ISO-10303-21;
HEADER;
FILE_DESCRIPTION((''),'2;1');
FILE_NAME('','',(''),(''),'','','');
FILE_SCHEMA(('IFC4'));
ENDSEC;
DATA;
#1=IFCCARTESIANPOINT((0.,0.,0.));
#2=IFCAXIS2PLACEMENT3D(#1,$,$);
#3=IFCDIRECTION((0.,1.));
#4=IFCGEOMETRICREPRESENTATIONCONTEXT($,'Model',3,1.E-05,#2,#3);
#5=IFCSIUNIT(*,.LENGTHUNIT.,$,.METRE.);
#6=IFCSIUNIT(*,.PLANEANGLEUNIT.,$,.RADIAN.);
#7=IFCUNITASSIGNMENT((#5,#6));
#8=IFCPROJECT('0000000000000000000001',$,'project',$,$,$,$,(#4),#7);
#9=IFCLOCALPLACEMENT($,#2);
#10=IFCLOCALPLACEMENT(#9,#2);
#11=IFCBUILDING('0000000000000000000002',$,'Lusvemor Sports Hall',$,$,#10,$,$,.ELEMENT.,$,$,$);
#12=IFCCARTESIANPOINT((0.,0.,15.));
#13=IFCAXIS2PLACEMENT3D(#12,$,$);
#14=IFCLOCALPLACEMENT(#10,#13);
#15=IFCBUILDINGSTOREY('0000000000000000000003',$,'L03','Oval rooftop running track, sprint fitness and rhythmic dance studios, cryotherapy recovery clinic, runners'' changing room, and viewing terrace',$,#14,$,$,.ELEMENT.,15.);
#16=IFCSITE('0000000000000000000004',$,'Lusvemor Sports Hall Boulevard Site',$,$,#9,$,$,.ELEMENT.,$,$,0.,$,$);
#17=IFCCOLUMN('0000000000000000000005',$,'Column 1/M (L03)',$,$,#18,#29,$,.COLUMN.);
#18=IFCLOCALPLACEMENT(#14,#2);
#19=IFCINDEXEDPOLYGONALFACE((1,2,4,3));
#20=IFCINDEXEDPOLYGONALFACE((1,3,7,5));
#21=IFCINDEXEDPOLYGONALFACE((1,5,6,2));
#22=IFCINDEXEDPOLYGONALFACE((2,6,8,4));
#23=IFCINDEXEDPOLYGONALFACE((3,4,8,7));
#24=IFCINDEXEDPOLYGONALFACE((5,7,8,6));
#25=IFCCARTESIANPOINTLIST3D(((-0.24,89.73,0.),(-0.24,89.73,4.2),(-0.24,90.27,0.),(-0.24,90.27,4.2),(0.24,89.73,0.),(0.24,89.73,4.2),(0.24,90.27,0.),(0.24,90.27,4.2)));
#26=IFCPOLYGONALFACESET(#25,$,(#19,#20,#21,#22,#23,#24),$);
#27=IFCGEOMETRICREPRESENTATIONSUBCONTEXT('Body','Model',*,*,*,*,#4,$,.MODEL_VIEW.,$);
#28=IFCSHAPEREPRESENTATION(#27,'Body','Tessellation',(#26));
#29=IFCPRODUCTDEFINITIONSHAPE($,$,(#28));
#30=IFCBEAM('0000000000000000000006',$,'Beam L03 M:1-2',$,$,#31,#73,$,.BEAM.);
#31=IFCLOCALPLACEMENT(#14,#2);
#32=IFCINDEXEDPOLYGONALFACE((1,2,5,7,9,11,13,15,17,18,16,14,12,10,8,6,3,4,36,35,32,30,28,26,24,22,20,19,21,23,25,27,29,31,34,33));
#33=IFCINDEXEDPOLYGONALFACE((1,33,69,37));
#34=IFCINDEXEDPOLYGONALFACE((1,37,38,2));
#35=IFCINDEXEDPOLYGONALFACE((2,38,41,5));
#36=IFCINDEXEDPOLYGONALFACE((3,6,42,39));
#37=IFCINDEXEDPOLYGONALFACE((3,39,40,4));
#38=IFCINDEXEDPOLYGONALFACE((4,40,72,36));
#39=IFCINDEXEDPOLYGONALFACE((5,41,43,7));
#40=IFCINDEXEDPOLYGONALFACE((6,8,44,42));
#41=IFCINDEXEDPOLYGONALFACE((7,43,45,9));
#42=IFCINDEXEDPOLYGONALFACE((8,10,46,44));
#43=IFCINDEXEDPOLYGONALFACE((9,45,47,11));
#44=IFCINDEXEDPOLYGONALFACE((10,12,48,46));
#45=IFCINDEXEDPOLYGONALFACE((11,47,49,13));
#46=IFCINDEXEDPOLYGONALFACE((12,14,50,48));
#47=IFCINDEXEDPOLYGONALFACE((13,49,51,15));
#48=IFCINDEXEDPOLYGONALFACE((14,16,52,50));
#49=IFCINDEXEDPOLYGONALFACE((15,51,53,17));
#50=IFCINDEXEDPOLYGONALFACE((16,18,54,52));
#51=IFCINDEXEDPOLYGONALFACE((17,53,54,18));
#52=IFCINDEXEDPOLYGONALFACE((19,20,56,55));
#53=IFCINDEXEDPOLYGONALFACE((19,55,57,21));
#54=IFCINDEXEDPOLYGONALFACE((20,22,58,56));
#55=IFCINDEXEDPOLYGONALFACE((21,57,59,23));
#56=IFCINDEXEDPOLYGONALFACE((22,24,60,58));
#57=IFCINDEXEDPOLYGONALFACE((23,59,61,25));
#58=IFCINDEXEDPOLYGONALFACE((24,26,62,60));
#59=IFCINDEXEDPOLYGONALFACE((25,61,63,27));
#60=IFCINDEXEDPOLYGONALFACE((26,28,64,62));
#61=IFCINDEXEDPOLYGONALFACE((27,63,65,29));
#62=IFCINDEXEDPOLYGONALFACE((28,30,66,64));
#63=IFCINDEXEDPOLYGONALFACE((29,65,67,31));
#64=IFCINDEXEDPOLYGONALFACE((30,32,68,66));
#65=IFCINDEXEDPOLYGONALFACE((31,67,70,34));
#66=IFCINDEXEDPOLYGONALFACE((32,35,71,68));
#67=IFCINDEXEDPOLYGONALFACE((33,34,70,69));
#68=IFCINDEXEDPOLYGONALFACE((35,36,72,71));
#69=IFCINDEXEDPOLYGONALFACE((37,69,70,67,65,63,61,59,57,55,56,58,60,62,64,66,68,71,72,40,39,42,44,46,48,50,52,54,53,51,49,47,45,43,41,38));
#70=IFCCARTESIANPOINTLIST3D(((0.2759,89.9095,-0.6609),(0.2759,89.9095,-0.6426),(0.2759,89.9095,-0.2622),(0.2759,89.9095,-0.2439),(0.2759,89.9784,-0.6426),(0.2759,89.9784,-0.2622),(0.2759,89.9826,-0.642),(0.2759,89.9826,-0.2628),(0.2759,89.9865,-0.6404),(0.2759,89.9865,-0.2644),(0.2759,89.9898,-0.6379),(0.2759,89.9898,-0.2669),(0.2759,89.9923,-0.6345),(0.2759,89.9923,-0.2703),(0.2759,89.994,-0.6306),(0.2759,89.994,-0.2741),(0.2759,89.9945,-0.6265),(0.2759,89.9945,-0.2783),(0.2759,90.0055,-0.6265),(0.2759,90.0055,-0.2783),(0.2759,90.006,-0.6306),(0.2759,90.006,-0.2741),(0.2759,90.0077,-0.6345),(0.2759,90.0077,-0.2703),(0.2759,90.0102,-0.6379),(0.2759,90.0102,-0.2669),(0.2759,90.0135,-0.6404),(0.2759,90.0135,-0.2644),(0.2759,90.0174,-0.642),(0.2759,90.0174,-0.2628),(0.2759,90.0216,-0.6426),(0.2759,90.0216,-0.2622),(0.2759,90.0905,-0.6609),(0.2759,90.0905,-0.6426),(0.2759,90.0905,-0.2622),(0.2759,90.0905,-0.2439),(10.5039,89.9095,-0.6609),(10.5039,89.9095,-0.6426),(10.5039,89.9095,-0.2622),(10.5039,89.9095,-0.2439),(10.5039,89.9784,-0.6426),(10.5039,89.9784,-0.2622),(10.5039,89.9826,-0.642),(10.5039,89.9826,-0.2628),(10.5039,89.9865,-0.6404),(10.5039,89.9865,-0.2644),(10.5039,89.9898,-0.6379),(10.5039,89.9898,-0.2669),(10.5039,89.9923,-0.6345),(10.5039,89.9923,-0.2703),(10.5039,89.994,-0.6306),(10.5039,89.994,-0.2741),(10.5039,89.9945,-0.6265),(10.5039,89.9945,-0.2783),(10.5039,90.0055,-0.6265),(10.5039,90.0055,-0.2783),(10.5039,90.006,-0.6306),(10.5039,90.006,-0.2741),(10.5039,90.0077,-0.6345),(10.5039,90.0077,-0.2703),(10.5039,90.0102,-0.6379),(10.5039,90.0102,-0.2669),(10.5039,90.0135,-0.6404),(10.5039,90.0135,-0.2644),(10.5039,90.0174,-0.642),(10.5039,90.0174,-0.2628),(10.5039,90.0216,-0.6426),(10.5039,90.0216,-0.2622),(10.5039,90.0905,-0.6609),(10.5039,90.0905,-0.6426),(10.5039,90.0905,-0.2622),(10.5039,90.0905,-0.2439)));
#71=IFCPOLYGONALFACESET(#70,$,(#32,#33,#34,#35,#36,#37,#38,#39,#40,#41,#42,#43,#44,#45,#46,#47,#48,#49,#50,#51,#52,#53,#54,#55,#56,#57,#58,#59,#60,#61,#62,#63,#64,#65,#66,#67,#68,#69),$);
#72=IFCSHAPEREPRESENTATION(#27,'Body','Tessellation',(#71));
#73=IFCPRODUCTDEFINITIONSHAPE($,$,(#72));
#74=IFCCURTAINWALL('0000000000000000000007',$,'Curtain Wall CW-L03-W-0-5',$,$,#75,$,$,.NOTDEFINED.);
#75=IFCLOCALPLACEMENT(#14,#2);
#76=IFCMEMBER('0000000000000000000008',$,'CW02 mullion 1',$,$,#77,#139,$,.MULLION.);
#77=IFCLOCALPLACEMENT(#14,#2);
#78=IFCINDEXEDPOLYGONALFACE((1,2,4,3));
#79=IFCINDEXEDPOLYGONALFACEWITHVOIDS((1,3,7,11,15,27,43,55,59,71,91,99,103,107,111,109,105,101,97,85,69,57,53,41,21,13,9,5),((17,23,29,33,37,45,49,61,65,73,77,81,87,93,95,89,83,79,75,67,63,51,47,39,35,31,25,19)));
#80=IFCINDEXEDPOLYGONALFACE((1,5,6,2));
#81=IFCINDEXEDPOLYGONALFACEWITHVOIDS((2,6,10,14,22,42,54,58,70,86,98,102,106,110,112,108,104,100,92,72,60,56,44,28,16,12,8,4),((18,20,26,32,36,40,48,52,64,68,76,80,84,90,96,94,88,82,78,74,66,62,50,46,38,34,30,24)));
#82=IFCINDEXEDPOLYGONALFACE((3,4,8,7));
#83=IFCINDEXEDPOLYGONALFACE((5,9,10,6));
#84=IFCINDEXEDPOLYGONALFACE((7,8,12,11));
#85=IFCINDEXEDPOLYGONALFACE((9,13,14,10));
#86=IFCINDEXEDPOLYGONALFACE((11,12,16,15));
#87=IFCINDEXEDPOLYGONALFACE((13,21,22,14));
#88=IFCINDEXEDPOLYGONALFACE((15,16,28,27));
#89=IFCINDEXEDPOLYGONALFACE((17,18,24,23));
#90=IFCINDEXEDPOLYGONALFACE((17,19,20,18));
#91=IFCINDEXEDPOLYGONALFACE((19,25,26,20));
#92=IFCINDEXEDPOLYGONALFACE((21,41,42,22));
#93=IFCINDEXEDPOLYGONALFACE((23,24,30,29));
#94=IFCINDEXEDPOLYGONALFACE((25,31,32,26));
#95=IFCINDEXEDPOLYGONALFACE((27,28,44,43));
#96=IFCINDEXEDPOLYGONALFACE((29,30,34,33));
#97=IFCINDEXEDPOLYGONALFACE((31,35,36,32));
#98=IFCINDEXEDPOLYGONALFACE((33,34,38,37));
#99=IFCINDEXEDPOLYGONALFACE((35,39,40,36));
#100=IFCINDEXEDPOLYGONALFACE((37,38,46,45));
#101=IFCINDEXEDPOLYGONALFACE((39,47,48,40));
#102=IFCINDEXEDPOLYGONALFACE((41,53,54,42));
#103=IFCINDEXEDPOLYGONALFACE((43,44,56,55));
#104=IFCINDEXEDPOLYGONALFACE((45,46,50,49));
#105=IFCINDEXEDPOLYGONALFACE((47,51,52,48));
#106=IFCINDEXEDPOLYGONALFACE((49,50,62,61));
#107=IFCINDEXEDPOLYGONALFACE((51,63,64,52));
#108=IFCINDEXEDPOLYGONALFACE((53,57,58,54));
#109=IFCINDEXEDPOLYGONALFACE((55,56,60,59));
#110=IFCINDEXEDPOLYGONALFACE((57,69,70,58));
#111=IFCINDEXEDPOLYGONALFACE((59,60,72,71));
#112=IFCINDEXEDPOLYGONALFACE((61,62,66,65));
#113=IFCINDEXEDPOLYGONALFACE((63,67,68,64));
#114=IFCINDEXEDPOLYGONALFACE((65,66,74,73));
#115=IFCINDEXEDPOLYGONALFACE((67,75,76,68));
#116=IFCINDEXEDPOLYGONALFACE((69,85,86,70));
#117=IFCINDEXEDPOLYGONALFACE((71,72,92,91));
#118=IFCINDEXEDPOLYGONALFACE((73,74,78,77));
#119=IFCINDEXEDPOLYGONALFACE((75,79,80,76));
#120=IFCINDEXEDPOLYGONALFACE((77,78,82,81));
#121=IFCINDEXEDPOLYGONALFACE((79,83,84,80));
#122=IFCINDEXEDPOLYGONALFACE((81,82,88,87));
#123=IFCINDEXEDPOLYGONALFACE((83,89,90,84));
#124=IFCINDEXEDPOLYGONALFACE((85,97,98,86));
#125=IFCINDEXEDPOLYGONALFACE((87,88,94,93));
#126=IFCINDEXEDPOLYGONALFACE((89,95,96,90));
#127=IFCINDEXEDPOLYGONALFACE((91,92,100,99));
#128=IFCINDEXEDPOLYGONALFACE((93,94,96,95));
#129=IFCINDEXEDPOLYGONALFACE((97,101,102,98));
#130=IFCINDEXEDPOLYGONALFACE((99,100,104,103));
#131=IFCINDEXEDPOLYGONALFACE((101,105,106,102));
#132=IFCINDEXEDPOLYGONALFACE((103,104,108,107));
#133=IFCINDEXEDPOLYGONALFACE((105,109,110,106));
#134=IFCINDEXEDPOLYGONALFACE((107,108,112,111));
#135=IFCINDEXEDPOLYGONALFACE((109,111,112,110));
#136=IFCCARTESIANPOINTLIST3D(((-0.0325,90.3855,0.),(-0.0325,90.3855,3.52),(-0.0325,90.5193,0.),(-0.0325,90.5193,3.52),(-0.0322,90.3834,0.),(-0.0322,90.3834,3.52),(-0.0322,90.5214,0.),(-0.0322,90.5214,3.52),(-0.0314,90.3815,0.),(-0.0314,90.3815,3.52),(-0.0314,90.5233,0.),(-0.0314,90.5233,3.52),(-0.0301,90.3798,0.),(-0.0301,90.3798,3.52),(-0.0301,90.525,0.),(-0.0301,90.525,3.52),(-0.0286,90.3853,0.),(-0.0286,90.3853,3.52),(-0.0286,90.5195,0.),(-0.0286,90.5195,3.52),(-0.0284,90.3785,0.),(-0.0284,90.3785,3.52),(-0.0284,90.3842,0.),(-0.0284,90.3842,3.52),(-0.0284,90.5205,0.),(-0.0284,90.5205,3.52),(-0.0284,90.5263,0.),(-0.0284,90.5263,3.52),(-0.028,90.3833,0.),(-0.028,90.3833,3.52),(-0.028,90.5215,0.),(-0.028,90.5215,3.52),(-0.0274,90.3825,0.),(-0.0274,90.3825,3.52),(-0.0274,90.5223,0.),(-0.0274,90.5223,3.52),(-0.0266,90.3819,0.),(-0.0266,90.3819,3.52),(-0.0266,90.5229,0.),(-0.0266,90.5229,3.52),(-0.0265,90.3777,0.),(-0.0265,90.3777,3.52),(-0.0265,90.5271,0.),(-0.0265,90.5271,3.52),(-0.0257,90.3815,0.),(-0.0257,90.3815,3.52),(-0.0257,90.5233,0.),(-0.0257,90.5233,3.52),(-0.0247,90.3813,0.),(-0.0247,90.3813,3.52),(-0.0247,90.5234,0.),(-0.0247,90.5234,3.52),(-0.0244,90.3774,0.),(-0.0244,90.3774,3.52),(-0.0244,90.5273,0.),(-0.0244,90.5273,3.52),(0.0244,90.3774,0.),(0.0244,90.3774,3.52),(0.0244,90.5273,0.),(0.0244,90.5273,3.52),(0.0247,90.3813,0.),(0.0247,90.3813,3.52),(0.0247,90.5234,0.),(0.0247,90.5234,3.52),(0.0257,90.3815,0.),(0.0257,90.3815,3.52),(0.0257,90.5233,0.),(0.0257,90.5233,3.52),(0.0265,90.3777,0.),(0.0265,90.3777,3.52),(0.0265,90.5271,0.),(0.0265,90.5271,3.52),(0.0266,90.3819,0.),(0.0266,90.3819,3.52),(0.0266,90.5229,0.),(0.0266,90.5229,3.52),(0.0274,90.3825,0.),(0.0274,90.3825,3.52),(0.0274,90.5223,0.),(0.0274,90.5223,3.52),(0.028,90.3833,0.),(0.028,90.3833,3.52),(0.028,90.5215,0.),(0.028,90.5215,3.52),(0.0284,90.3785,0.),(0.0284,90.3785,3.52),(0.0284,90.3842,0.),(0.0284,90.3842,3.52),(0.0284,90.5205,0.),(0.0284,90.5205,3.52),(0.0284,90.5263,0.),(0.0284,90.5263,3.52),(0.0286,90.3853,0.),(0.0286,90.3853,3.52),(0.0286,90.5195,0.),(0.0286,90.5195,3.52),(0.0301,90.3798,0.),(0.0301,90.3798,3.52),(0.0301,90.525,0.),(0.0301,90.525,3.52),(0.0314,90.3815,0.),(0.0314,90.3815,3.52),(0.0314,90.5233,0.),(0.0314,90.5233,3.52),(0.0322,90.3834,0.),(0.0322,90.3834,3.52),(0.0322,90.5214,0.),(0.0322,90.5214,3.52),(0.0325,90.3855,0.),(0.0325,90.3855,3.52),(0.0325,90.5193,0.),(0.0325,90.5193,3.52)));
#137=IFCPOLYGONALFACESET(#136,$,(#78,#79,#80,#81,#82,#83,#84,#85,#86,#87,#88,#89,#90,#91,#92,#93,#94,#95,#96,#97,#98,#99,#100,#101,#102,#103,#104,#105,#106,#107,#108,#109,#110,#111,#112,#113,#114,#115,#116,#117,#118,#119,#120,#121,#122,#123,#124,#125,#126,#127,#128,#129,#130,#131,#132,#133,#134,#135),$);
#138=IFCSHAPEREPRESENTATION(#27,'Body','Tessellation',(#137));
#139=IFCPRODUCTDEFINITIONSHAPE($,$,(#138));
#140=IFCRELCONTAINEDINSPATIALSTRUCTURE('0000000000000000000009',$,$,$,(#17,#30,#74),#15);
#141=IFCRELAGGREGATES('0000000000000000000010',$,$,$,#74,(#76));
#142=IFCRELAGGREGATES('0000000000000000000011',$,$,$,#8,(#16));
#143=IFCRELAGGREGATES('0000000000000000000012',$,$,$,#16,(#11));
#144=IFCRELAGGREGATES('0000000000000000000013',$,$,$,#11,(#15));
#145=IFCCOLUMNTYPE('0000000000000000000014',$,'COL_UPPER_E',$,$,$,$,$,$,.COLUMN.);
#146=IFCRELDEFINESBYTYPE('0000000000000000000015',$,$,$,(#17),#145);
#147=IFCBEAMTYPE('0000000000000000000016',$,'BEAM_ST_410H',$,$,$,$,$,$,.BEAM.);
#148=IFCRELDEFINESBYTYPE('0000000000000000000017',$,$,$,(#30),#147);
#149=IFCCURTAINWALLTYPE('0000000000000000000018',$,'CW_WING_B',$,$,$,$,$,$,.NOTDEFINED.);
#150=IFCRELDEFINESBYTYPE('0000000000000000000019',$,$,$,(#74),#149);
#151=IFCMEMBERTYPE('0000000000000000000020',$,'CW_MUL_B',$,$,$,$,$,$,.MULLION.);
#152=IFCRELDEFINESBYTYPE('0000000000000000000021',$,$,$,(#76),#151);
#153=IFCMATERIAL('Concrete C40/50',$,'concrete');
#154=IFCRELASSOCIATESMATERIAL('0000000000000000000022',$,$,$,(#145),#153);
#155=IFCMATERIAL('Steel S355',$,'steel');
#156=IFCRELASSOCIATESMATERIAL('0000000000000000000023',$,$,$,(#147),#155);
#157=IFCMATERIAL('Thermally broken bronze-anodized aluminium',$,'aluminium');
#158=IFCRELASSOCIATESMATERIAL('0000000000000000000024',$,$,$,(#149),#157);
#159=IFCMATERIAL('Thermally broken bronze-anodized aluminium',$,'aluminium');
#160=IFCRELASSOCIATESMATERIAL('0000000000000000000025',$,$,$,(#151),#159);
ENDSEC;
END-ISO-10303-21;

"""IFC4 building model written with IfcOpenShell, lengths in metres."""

from ifc_helpers import new_model, si_unit, direction, frame, origin, origin_2d, place, context, subcontext, project, spatial, rectangle, hollow_rectangle, i_section, extrude, material, material_profile, profile_set, type_object, element, aggregate, save


model = new_model("IFC4")

# Units and contexts
model_context = context("Model", 3, precision=1e-05, world=origin(), true_north=direction((0.0, 1.0)))
body_context = subcontext(model_context, "Body", "Model", "MODEL_VIEW")
ifc_project = project(units=[si_unit("LENGTHUNIT", "METRE"), si_unit("PLANEANGLEUNIT", "RADIAN")], contexts=[model_context])

# Site, building, storey
site_placement = place(None, origin())
site = spatial("IfcSite", under=ifc_project, at=site_placement, Name="Lusvemor Sports Hall Boulevard Site", CompositionType="ELEMENT", RefElevation=0.0)
building_placement = place(site_placement, origin())
building = spatial("IfcBuilding", under=site, at=building_placement, Name="Lusvemor Sports Hall", CompositionType="ELEMENT")
storey_placement = place(building_placement, frame((0.0, 0.0, 15.0)))
storey = spatial("IfcBuildingStorey", under=building, at=storey_placement, Name="L03", Description="Oval rooftop running track, sprint fitness and rhythmic dance studios, cryotherapy recovery clinic, runners' changing room, and viewing terrace", CompositionType="ELEMENT", Elevation=15.0)

# Column
ifc_material_1 = material(Name="Concrete C40/50", Category="concrete")
ifc_material_profile_1 = material_profile(ifc_material_1, rectangle(XDim=0.48, YDim=0.54, at=origin_2d()), Name="RC480x540")
ifc_profile_set_1 = profile_set([ifc_material_profile_1], Name="Concrete C40/50")
column_type = type_object("IfcColumnType", Name="COL_UPPER_E", PredefinedType="COLUMN", material=ifc_profile_set_1)
column_placement = place(storey_placement, frame((0.0, 90.0, 0.0), z_axis=(0.0, 0.0, 1.0), x_axis=(1.0, 0.0, 0.0)))
element("IfcColumn", 1, at=column_placement, inside=storey, type_object=column_type, Name="Column 1/M (L03)", PredefinedType="COLUMN", context=body_context, shape_type="SweptSolid", body=[
    extrude(rectangle(XDim=0.48, YDim=0.54, at=origin_2d()), origin(), (0.0, 0.0, 1.0), 4.2),
])

# Beam
ifc_material_2 = material(Name="Steel S355", Category="steel")
ifc_material_profile_2 = material_profile(ifc_material_2, i_section(OverallWidth=0.1809, OverallDepth=0.417, WebThickness=0.011, FlangeThickness=0.0183, FilletRadius=0.0161, at=origin_2d()), Name="W410x85.0")
ifc_profile_set_2 = profile_set([ifc_material_profile_2], Name="Steel S355")
beam_type_1 = type_object("IfcBeamType", Name="BEAM_ST_410H", PredefinedType="BEAM", material=ifc_profile_set_2)
beam_1_placement = place(storey_placement, frame((0.2759, 90.0, -0.4524), z_axis=(1.0, 0.0, 0.0), x_axis=(0.0, 1.0, 0.0)))
element("IfcBeam", 2, at=beam_1_placement, inside=storey, type_object=beam_type_1, Name="Beam L03 M:1-2", PredefinedType="BEAM", context=body_context, shape_type="SweptSolid", body=[
    extrude(i_section(OverallWidth=0.1809, OverallDepth=0.417, WebThickness=0.011, FlangeThickness=0.0183, FilletRadius=0.0161, at=origin_2d()), origin(), (0.0, 0.0, 1.0), 10.228),
])

# Curtain wall, member
ifc_material_3 = material(Name="Thermally broken bronze-anodized aluminium", Category="aluminium")
curtain_wall_type = type_object("IfcCurtainWallType", Name="CW_WING_B", PredefinedType="NOTDEFINED", material=ifc_material_3)
curtain_wall_placement = place(storey_placement, origin())
curtain_wall = element("IfcCurtainWall", 3, at=curtain_wall_placement, inside=storey, type_object=curtain_wall_type, Name="Curtain Wall CW-L03-W-0-5", PredefinedType="NOTDEFINED")
ifc_material_4 = material(Name="Thermally broken bronze-anodized aluminium", Category="aluminium")
ifc_material_profile_3 = material_profile(ifc_material_4, hollow_rectangle(XDim=0.0649, YDim=0.1499, WallThickness=0.0039, InnerFilletRadius=0.0039, OuterFilletRadius=0.0081, at=origin_2d()), Name="CWMUL150x65x4")
ifc_profile_set_3 = profile_set([ifc_material_profile_3], Name="Thermally broken bronze-anodized aluminium")
member_type_1 = type_object("IfcMemberType", Name="CW_MUL_B", PredefinedType="MULLION", material=ifc_profile_set_3)
member_1_placement = place(storey_placement, frame((0.0, 90.4524, 0.0), z_axis=(0.0, 0.0, 1.0), x_axis=(-1.0, 0.0, 0.0)))
member_1 = element("IfcMember", 4, at=member_1_placement, type_object=member_type_1, Name="CW02 mullion 1", PredefinedType="MULLION", context=body_context, shape_type="SweptSolid", body=[
    extrude(hollow_rectangle(XDim=0.0649, YDim=0.1499, WallThickness=0.0039, InnerFilletRadius=0.0039, OuterFilletRadius=0.0081, at=origin_2d()), origin(), (0.0, 0.0, 1.0), 3.52),
])

aggregate(curtain_wall, [member_1])

save(model, "model.ifc")
